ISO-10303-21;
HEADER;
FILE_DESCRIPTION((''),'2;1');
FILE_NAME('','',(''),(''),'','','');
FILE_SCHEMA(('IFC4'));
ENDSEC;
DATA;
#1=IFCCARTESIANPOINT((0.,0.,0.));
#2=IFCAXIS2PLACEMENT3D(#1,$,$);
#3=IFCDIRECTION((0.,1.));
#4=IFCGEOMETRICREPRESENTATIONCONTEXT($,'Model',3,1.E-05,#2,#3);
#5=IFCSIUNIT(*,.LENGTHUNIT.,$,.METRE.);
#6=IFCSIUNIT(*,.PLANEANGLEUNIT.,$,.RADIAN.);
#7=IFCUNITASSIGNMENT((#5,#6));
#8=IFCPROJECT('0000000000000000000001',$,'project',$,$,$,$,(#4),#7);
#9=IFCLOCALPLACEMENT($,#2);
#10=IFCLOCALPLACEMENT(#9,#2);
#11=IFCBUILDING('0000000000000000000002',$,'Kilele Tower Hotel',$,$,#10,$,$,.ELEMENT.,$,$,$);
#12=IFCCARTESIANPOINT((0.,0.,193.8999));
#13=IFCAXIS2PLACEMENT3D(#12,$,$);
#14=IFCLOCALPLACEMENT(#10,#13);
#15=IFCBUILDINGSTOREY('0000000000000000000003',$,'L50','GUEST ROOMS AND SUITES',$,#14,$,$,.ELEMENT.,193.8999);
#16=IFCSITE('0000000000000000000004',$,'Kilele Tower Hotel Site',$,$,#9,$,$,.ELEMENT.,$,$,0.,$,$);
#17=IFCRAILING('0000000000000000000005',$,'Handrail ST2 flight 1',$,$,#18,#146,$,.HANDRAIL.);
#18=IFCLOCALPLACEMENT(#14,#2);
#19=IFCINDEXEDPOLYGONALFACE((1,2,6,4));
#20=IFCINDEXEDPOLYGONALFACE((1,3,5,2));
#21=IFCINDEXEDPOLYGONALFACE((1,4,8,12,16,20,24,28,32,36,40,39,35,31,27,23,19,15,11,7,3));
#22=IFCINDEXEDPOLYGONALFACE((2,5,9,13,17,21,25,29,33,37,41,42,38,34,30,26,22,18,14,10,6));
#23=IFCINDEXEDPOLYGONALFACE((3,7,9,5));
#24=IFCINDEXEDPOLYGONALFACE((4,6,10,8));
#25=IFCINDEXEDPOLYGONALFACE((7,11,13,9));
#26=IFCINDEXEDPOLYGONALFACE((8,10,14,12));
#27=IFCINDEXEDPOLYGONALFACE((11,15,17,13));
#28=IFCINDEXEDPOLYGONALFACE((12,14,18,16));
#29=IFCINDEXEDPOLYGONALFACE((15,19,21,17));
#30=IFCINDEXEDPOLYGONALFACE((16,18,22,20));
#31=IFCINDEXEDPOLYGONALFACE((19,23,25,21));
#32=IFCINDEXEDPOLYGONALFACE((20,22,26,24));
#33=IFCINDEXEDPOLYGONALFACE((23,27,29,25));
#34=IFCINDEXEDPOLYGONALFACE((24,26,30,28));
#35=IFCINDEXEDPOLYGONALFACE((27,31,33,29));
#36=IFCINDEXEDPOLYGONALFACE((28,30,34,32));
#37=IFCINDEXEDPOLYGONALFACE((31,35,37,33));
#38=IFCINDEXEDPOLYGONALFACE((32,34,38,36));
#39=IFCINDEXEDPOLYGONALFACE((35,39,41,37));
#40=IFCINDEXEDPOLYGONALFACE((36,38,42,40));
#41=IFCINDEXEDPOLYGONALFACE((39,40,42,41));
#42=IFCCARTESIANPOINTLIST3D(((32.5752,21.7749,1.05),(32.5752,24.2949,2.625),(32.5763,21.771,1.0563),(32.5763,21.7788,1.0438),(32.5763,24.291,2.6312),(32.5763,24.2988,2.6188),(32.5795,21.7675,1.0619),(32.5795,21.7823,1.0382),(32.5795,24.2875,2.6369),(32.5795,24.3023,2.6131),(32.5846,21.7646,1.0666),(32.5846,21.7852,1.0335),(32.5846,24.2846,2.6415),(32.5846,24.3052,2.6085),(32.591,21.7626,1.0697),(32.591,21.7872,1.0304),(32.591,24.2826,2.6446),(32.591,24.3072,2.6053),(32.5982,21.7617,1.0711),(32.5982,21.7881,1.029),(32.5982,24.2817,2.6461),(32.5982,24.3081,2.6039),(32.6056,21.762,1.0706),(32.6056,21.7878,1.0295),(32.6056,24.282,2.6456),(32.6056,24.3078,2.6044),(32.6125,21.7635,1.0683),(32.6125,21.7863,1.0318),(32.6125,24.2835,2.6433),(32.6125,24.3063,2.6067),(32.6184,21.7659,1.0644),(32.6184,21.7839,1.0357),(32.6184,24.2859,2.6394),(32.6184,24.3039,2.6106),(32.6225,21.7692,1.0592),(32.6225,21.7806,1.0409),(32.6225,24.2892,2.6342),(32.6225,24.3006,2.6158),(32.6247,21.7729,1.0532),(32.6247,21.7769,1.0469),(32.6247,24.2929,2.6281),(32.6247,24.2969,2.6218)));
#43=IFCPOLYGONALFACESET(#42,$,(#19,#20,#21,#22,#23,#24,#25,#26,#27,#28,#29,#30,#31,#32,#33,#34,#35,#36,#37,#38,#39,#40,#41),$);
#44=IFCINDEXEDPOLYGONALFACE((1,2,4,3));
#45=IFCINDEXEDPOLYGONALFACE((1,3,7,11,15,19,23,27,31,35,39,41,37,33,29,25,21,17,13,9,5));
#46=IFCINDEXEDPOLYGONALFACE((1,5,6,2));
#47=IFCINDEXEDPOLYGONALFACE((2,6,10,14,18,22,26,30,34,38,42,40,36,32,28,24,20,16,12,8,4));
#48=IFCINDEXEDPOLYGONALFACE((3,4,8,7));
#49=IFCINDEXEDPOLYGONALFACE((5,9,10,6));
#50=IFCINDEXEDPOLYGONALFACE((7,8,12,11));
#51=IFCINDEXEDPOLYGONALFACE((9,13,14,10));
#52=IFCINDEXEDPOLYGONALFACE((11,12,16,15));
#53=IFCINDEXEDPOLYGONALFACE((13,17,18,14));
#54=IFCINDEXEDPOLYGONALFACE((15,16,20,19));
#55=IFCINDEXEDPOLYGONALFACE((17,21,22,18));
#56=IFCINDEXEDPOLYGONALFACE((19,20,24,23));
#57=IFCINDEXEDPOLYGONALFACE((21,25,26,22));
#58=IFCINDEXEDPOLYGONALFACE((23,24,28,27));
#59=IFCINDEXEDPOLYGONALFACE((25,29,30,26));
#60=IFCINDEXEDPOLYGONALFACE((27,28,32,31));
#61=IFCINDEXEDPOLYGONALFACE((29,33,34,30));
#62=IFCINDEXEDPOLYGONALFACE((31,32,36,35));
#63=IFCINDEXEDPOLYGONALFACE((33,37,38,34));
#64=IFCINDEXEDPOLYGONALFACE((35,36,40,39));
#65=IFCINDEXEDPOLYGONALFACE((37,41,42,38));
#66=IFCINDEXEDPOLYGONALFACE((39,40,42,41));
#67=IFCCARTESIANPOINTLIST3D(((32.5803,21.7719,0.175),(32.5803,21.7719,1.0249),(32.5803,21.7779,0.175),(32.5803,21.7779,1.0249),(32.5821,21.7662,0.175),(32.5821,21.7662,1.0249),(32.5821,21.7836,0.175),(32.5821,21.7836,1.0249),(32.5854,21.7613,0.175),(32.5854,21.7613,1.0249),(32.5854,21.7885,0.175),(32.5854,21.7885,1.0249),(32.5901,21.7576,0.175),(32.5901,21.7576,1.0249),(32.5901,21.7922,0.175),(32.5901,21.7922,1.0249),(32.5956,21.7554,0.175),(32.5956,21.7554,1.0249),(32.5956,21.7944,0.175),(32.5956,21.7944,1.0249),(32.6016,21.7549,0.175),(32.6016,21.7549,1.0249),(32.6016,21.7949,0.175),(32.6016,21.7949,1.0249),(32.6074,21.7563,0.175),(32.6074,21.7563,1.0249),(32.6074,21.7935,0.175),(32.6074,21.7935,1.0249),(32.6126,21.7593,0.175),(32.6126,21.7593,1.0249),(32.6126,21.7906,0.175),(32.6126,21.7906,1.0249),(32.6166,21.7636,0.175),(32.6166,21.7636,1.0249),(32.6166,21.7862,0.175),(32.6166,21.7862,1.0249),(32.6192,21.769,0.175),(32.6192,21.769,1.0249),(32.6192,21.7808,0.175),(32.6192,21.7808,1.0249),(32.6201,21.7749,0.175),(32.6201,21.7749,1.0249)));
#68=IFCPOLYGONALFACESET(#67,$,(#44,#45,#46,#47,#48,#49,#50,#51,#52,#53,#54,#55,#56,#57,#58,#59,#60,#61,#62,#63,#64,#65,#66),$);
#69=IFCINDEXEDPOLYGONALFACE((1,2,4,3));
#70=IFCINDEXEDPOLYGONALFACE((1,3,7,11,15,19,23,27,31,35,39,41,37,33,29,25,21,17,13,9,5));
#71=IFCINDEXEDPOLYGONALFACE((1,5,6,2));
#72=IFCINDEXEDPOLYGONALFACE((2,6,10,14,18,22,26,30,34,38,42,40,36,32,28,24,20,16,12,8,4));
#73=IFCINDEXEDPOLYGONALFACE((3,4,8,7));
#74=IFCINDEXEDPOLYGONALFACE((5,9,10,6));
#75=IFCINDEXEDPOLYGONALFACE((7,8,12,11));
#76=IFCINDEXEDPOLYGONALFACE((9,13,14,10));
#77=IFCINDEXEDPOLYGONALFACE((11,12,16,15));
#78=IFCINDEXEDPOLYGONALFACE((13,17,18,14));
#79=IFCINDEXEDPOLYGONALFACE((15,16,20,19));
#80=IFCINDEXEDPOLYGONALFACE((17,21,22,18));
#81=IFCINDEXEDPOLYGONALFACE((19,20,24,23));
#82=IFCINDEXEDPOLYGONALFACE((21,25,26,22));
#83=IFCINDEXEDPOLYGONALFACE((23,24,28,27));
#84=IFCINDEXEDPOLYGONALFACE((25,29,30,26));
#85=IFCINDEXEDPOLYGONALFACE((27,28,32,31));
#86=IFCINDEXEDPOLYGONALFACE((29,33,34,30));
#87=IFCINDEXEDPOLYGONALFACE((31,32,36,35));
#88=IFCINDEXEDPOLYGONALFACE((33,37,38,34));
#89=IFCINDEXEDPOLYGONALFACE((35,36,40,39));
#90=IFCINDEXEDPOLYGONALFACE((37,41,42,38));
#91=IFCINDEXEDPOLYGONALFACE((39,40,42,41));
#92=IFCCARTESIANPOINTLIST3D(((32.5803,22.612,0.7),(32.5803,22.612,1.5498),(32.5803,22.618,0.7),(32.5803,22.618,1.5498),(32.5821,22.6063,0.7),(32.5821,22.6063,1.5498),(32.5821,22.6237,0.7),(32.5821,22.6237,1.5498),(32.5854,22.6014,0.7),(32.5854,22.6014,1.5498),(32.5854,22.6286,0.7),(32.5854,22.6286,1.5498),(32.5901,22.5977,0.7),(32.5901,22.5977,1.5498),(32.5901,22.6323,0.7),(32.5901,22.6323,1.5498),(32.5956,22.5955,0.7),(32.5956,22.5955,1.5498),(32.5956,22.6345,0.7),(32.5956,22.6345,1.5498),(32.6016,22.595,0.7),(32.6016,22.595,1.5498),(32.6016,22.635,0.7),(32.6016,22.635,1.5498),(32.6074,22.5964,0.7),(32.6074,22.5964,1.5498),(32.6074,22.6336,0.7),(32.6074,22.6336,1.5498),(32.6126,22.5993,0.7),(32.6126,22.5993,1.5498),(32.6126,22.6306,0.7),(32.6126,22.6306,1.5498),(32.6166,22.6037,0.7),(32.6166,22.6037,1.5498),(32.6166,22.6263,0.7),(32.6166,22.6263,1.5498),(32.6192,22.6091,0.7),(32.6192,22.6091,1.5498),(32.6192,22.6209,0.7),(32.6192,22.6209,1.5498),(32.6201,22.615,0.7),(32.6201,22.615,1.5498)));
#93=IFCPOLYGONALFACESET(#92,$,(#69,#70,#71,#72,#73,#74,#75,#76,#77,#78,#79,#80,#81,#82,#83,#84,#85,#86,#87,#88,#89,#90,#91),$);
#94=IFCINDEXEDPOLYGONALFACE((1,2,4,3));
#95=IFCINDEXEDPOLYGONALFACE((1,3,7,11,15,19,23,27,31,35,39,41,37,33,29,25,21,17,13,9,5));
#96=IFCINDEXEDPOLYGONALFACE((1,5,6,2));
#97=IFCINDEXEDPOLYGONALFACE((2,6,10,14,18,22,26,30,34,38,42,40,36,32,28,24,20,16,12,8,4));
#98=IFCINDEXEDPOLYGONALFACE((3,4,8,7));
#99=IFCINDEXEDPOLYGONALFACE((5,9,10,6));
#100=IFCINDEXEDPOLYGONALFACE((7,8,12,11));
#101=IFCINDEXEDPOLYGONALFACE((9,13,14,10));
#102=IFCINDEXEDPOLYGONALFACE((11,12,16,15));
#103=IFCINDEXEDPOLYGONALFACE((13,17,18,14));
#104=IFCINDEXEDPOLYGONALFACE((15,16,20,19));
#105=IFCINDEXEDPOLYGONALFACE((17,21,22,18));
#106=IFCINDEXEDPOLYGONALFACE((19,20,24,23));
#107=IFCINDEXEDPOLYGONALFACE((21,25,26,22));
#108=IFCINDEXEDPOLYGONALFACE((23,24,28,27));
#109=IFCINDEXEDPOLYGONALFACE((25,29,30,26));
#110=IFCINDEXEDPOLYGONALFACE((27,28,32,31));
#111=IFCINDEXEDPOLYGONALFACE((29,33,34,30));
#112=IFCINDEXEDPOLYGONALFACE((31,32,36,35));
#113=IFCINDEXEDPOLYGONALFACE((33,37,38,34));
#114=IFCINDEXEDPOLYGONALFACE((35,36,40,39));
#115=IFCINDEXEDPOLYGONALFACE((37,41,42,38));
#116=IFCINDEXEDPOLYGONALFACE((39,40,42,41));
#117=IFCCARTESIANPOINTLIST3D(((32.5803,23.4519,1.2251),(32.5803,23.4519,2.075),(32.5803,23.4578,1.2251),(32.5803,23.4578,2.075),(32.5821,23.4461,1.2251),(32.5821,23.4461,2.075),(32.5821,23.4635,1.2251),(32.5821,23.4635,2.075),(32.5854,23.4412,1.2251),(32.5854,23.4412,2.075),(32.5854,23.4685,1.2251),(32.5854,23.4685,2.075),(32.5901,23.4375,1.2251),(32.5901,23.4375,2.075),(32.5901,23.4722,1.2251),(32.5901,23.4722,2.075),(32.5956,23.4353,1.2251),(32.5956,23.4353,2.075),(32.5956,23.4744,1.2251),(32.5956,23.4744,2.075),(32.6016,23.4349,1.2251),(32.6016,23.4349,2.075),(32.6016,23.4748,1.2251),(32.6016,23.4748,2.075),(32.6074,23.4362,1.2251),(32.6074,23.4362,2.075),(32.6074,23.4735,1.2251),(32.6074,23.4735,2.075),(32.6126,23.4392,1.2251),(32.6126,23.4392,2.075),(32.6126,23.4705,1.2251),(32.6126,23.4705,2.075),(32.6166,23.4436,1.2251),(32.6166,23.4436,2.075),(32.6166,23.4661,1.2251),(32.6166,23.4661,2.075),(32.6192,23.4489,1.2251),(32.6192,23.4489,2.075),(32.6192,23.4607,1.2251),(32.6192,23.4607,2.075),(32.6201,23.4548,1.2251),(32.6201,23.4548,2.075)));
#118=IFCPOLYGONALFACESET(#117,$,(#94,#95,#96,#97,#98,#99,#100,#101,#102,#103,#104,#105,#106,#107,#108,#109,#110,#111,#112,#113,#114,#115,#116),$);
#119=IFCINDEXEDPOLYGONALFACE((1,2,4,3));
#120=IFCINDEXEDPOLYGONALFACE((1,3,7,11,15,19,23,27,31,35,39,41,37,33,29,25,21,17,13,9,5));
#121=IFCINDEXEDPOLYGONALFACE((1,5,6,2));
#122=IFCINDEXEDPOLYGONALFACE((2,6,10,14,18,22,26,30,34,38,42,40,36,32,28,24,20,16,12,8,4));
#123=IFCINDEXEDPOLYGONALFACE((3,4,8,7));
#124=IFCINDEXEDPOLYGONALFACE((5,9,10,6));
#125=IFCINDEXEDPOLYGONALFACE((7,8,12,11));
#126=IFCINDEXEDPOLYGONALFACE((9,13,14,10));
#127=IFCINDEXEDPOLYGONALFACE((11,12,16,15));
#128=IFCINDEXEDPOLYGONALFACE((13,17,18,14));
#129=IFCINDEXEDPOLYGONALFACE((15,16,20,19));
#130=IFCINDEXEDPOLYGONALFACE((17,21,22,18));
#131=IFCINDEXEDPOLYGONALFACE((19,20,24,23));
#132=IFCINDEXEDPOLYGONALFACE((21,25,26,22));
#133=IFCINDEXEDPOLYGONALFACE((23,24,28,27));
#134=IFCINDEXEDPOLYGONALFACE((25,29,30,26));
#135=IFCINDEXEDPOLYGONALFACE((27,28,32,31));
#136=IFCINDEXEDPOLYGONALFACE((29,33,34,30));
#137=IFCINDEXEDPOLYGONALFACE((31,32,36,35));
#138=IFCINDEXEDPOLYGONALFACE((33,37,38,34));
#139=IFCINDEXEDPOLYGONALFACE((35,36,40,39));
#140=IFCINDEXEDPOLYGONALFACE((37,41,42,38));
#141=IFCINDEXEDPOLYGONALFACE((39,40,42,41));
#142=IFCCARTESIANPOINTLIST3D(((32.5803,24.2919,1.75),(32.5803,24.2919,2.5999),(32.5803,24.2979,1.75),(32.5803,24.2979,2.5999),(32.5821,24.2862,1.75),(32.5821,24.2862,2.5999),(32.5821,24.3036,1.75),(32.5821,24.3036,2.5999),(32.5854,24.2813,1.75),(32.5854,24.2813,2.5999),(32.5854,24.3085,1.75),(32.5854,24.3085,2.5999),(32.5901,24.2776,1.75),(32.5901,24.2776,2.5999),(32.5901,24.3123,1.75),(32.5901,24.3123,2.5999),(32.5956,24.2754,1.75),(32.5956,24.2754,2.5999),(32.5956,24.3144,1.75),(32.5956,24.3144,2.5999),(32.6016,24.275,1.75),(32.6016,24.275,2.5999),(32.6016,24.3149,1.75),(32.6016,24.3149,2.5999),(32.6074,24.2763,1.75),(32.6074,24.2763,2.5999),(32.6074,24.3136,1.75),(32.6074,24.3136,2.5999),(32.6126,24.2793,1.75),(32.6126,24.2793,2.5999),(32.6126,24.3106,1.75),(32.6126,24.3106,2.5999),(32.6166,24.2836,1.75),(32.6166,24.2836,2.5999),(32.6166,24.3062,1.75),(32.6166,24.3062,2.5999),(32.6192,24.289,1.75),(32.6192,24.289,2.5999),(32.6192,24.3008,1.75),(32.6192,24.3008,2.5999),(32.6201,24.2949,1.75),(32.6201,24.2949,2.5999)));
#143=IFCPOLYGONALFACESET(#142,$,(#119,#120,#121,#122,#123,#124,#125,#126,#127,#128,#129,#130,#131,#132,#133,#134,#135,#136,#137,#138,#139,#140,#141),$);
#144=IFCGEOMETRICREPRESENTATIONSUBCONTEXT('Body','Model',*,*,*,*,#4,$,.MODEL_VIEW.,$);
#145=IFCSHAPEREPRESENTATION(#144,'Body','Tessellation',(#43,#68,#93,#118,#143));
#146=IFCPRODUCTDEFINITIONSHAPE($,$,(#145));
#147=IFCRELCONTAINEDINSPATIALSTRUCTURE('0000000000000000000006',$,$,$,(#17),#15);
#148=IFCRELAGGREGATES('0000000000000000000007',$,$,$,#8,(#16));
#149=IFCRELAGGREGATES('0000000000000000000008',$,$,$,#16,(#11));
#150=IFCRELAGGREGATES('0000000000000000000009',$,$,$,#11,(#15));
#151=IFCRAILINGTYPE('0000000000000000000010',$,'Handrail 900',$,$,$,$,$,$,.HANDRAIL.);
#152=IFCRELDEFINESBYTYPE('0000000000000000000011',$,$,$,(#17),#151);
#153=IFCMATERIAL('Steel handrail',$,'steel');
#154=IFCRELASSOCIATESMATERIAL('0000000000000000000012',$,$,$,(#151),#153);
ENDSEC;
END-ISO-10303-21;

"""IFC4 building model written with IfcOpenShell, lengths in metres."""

from ifc_helpers import new_model, si_unit, direction, frame, origin, origin_2d, place, context, subcontext, project, spatial, circle, extrude, material, type_object, element, save


model = new_model("IFC4")

# Units and contexts
model_context = context("Model", 3, precision=1e-05, world=origin(), true_north=direction((0.0, 1.0)))
body_context = subcontext(model_context, "Body", "Model", "MODEL_VIEW")
ifc_project = project(units=[si_unit("LENGTHUNIT", "METRE"), si_unit("PLANEANGLEUNIT", "RADIAN")], contexts=[model_context])

# Site, building, storey
site_placement = place(None, origin())
site = spatial("IfcSite", under=ifc_project, at=site_placement, Name="Kilele Tower Hotel Site", CompositionType="ELEMENT", RefElevation=0.0)
building_placement = place(site_placement, origin())
building = spatial("IfcBuilding", under=site, at=building_placement, Name="Kilele Tower Hotel", CompositionType="ELEMENT")
storey_placement = place(building_placement, frame((0.0, 0.0, 193.8999)))
storey = spatial("IfcBuildingStorey", under=building, at=storey_placement, Name="L50", Description="GUEST ROOMS AND SUITES", CompositionType="ELEMENT", Elevation=193.8999)

# Railing
ifc_material_1 = material(Name="Steel handrail", Category="steel")
railing_type_1 = type_object("IfcRailingType", Name="Handrail 900", PredefinedType="HANDRAIL", material=ifc_material_1)
for number, where, name in (
    (1, (32.6001, 21.7749, 0.175), "Handrail ST2 flight 1"),
):
    element("IfcRailing", number, at=place(storey_placement, frame(where)), inside=storey, type_object=railing_type_1, Name=name, PredefinedType="HANDRAIL", context=body_context, shape_type="SweptSolid", body=[
        extrude(circle(Radius=0.0249, at=origin_2d()), frame((0.0, 0.0, 0.875), z_axis=(0.0, 0.848008, 0.529984), x_axis=(-1.0, 0.0, 0.0)), (0.0, 0.0, 1.0), 2.9717),
        extrude(circle(Radius=0.02, at=origin_2d()), origin(), (0.0, 0.0, 1.0), 0.8499),
        extrude(circle(Radius=0.02, at=origin_2d()), frame((0.0, 0.8401, 0.5249)), (0.0, 0.0, 1.0), 0.8499),
        extrude(circle(Radius=0.02, at=origin_2d()), frame((0.0, 1.6799, 1.05)), (0.0, 0.0, 1.0), 0.8499),
        extrude(circle(Radius=0.02, at=origin_2d()), frame((0.0, 2.52, 1.575)), (0.0, 0.0, 1.0), 0.8499),
    ])

save(model, "model.ifc")
